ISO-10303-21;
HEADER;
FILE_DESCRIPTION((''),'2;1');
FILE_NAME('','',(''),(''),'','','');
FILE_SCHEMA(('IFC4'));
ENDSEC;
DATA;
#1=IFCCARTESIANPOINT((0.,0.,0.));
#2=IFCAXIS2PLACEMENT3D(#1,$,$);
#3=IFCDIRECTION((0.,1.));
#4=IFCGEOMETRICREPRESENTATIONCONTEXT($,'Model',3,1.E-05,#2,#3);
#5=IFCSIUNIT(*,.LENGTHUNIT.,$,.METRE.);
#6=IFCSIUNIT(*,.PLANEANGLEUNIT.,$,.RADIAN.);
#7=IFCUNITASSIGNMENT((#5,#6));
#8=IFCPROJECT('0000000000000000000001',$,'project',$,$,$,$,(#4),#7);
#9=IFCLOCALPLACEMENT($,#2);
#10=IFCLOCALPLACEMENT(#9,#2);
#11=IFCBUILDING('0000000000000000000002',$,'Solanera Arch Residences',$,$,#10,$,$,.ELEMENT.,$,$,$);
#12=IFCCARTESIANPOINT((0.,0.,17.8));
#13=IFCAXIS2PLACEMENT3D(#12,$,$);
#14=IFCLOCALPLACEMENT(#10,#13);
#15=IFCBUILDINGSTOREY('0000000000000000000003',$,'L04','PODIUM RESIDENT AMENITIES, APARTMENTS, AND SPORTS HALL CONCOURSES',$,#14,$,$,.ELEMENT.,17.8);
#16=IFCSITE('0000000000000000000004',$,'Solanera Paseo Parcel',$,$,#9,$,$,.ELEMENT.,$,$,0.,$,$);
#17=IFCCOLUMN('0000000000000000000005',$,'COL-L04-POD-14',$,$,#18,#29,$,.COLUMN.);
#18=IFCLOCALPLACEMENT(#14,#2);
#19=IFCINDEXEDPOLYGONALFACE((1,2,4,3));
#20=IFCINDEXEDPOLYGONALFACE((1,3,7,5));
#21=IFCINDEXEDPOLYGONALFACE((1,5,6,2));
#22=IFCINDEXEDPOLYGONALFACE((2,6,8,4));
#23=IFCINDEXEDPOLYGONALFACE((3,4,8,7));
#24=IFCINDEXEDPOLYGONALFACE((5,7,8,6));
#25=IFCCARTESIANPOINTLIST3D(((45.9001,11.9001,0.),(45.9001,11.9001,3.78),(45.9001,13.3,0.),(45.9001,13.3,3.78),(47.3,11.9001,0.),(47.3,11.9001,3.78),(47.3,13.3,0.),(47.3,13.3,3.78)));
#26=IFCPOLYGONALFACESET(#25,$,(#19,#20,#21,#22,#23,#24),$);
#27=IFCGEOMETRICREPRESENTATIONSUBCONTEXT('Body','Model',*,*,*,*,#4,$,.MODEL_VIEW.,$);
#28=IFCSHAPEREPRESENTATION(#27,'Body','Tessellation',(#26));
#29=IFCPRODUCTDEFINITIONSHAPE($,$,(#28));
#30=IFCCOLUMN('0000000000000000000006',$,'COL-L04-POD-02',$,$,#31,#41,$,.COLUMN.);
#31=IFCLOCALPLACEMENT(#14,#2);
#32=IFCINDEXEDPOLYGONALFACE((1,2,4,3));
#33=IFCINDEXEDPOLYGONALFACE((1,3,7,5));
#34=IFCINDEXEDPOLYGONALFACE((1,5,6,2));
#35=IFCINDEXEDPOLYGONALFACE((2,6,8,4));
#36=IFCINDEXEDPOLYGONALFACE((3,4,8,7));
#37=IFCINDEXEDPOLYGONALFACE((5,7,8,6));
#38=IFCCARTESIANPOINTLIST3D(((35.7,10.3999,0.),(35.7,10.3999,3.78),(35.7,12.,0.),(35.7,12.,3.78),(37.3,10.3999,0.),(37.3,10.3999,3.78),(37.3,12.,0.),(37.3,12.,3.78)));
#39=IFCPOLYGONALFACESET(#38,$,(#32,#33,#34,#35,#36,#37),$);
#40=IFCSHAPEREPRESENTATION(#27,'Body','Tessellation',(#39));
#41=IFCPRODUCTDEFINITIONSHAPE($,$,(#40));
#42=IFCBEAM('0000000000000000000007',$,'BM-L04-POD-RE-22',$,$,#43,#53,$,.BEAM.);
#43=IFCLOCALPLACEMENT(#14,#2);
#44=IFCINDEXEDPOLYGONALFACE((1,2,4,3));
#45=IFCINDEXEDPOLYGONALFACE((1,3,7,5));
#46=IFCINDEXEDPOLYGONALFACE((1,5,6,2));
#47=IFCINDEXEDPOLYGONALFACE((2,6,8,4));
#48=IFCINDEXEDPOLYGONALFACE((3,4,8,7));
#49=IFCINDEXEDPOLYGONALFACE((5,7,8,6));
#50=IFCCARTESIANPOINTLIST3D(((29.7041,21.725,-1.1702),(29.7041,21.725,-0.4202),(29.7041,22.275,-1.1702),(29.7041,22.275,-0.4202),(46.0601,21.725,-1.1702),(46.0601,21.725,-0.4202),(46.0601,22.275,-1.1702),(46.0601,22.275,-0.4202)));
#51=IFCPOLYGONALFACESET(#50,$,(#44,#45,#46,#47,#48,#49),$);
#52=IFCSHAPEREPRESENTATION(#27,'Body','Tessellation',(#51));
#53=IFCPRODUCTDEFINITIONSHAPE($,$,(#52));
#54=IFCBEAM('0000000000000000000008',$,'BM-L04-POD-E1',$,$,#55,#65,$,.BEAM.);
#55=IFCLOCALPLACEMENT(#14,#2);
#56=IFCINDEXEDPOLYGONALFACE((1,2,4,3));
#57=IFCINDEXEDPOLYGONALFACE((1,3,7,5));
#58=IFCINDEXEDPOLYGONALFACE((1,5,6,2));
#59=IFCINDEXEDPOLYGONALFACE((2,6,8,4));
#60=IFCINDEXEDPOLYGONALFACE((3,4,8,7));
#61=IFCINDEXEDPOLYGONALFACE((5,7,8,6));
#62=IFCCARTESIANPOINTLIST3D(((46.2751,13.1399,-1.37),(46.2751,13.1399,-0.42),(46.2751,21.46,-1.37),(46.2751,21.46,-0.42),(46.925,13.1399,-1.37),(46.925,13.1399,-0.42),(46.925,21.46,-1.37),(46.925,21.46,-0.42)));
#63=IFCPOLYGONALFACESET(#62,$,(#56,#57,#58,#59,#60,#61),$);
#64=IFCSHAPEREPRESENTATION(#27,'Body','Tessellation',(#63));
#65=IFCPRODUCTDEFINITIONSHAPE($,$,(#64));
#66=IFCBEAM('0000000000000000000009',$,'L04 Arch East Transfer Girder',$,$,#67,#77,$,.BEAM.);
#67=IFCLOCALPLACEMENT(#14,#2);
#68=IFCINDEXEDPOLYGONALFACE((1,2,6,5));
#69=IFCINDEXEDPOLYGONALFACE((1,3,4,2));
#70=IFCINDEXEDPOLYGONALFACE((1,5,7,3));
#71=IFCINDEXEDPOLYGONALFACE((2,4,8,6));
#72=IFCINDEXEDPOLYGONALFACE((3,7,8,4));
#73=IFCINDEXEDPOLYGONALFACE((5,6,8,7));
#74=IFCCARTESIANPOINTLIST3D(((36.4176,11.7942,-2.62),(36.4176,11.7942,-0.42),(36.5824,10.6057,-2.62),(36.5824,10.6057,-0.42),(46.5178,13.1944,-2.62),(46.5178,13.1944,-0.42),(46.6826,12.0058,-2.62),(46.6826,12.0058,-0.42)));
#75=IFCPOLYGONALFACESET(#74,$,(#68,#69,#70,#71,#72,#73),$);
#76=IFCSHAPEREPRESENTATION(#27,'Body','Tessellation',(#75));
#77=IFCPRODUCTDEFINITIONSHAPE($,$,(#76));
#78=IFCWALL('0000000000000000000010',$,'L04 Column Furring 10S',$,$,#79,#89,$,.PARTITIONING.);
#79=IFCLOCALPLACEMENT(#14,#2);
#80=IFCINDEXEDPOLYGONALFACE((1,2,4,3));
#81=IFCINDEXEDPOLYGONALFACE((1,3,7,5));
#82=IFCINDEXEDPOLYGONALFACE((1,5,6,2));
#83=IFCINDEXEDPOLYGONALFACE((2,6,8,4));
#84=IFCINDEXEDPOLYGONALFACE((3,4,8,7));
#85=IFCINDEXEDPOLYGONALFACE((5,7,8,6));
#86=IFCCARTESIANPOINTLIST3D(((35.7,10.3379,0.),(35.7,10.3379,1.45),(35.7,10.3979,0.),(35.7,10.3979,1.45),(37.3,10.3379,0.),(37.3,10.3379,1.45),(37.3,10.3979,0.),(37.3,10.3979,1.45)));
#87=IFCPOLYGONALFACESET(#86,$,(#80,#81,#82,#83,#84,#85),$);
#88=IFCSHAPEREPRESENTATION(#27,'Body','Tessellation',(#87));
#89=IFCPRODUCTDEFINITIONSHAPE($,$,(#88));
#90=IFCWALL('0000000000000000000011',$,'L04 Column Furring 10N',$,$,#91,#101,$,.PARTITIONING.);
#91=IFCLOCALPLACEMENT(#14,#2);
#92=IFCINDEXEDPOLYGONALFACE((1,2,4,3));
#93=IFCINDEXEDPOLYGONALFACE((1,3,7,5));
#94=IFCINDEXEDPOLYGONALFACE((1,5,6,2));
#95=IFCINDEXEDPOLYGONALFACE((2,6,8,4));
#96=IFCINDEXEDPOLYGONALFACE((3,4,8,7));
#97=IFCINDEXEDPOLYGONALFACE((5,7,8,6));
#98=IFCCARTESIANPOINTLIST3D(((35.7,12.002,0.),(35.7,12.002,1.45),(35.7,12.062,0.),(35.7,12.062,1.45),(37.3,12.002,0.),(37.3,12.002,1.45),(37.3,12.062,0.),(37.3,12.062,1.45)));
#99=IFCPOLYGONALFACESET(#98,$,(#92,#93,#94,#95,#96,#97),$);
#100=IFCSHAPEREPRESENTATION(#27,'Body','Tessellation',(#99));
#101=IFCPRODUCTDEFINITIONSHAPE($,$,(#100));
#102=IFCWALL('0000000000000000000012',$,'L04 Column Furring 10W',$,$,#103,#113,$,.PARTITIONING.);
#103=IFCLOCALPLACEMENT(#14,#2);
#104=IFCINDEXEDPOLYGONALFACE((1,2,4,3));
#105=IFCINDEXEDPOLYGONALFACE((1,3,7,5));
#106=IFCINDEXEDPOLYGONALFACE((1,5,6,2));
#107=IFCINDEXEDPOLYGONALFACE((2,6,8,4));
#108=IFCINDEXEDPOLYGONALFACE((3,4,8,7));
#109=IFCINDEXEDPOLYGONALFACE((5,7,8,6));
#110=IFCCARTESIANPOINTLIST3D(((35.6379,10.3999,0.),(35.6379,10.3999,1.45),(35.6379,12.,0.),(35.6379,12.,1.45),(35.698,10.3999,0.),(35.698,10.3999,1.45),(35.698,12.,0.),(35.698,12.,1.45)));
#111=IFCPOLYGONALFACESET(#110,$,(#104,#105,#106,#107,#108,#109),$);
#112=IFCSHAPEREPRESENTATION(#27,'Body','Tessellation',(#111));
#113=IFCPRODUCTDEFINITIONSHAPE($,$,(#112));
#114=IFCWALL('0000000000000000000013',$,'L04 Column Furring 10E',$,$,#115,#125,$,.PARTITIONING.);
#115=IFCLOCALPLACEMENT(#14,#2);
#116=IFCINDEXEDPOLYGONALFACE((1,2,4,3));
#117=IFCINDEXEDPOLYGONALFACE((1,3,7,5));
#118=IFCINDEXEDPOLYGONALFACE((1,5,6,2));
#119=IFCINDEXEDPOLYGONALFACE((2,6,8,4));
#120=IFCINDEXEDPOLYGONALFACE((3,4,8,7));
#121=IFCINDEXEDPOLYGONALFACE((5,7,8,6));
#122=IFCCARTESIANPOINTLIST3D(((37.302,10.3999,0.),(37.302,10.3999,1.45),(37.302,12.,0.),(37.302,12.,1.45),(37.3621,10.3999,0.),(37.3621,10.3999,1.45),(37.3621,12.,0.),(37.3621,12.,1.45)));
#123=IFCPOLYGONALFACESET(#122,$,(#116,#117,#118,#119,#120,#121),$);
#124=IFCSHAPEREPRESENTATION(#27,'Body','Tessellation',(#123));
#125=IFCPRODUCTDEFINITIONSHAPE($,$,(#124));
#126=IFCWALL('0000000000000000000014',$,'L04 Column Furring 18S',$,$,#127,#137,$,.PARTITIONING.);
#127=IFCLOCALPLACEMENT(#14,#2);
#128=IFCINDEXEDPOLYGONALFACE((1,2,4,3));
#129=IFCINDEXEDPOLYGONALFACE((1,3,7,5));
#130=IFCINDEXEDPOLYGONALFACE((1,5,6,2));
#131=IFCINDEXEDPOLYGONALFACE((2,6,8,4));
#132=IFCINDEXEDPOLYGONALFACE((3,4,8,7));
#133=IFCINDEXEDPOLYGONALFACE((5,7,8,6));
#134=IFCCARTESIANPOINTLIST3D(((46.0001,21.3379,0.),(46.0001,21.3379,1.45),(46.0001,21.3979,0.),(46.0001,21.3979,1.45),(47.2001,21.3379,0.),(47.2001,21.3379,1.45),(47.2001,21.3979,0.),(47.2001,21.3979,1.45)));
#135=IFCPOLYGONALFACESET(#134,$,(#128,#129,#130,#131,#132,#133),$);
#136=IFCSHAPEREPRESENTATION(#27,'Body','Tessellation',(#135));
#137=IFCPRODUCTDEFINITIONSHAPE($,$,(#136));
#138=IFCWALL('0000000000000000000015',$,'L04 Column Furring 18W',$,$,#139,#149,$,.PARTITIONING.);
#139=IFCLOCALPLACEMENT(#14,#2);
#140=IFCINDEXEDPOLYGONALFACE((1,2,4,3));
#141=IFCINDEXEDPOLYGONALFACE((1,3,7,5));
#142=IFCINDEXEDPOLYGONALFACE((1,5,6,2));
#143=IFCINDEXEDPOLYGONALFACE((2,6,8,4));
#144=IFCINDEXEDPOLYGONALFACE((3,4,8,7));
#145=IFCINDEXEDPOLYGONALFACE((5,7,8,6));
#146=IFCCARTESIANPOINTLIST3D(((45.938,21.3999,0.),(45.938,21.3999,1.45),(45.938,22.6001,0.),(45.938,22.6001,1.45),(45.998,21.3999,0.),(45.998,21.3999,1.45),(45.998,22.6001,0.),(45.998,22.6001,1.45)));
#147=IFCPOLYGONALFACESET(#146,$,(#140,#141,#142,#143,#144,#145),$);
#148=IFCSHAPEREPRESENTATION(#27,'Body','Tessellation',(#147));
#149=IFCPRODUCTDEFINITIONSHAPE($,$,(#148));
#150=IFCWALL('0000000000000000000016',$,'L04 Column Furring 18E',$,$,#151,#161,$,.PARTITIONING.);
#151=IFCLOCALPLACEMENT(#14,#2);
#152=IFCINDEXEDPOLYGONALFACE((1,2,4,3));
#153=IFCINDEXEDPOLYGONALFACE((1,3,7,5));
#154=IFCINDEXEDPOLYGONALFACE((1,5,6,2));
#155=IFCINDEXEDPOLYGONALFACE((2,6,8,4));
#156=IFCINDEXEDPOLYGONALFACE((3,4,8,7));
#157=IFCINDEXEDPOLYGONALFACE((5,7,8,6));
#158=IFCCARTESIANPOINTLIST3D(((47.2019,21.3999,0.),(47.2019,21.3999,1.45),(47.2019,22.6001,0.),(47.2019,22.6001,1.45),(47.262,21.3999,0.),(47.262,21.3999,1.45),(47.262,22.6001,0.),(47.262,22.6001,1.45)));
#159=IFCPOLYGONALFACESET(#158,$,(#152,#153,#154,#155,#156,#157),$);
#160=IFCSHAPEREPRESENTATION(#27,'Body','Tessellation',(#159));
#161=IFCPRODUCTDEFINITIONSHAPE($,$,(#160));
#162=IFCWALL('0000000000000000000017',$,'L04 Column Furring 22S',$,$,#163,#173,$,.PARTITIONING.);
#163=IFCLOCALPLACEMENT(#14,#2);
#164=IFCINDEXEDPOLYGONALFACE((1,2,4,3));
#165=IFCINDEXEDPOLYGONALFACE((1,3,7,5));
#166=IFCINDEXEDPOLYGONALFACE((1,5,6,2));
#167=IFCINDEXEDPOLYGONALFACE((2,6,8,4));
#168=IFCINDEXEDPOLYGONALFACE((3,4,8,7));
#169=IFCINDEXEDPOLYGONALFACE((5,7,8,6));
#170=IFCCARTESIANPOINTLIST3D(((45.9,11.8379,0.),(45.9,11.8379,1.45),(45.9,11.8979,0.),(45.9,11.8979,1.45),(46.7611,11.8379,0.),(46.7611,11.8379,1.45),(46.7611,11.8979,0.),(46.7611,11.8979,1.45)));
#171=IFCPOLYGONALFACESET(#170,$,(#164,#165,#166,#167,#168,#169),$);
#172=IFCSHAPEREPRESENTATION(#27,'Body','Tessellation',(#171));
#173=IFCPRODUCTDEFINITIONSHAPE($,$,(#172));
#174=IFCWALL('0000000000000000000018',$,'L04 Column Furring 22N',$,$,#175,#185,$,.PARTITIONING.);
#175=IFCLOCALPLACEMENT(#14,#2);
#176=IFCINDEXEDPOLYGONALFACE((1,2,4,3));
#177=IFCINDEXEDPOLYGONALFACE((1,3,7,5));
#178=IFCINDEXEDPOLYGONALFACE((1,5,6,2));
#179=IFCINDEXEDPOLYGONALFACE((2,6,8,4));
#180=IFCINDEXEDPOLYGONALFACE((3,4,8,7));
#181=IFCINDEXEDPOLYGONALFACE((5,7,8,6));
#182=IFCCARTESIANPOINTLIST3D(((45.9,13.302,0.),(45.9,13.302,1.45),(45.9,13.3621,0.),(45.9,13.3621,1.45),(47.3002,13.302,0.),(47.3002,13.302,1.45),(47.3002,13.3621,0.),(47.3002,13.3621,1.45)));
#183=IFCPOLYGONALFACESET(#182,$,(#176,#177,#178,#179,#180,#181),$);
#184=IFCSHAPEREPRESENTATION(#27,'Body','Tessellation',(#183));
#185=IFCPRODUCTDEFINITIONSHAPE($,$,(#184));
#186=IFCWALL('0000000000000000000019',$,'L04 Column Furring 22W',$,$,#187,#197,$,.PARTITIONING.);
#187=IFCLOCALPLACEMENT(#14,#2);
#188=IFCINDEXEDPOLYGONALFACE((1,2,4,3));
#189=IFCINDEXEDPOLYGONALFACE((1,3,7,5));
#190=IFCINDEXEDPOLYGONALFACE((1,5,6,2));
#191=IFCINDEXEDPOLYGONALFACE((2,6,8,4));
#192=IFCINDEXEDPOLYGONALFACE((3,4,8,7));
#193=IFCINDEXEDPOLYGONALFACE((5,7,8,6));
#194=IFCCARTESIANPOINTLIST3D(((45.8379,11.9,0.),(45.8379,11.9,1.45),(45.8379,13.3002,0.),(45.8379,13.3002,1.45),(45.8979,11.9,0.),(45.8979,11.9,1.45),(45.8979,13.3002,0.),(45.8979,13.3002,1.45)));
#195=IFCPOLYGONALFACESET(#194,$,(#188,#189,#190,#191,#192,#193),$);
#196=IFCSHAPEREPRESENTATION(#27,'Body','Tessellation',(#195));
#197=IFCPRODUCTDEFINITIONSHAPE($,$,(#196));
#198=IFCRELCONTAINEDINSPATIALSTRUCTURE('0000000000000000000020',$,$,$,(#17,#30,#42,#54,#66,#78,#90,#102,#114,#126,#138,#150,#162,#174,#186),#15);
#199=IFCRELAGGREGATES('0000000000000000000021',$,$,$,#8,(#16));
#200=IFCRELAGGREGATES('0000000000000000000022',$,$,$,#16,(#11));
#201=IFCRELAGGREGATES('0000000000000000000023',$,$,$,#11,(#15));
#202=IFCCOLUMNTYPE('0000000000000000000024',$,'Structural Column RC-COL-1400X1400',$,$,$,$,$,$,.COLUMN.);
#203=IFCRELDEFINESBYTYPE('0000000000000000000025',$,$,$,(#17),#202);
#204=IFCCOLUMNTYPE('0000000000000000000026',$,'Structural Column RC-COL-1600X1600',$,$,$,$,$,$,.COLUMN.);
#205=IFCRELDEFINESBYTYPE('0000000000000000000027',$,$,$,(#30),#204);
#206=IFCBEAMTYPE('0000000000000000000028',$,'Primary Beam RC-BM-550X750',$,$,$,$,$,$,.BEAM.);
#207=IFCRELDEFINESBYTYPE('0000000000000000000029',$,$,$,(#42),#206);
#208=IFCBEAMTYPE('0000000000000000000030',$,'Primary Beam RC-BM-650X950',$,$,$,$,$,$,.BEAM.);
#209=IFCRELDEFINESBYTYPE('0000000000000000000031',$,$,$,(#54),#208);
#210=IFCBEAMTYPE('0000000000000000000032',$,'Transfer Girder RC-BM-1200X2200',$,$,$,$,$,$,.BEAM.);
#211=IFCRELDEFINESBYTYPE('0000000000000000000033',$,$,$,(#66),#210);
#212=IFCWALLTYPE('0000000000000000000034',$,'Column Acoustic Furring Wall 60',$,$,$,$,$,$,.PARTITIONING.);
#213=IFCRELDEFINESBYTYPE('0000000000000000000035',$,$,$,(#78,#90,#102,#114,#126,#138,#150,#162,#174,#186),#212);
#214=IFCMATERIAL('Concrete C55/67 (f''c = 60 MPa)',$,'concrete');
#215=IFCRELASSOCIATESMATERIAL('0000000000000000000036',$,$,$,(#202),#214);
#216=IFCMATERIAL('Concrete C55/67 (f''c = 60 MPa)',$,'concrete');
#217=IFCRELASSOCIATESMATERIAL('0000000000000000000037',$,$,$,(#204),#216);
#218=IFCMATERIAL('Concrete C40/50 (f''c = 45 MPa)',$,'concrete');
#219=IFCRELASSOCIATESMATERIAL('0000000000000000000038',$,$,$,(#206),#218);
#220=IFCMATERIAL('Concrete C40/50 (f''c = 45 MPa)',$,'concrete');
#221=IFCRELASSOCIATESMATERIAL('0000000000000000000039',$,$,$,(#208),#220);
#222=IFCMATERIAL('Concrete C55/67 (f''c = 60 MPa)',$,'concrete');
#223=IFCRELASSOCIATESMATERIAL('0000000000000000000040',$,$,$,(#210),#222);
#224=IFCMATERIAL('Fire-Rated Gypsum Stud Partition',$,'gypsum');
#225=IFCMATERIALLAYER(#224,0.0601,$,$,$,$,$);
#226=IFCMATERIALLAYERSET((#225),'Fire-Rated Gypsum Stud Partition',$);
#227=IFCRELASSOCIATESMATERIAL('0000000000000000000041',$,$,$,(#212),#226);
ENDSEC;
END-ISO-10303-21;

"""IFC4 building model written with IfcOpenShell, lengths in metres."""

from ifc_helpers import new_model, si_unit, direction, frame, frame_2d, origin, origin_2d, place, context, subcontext, project, spatial, rectangle, extrude, material, layer, layer_set, material_profile, profile_set, type_object, element, save


model = new_model("IFC4")

# Units and contexts
model_context = context("Model", 3, precision=1e-05, world=origin(), true_north=direction((0.0, 1.0)))
body_context = subcontext(model_context, "Body", "Model", "MODEL_VIEW")
ifc_project = project(units=[si_unit("LENGTHUNIT", "METRE"), si_unit("PLANEANGLEUNIT", "RADIAN")], contexts=[model_context])

# Site, building, storey
site_placement = place(None, origin())
site = spatial("IfcSite", under=ifc_project, at=site_placement, Name="Solanera Paseo Parcel", CompositionType="ELEMENT", RefElevation=0.0)
building_placement = place(site_placement, origin())
building = spatial("IfcBuilding", under=site, at=building_placement, Name="Solanera Arch Residences", CompositionType="ELEMENT")
storey_placement = place(building_placement, frame((0.0, 0.0, 17.8)))
storey = spatial("IfcBuildingStorey", under=building, at=storey_placement, Name="L04", Description="PODIUM RESIDENT AMENITIES, APARTMENTS, AND SPORTS HALL CONCOURSES", CompositionType="ELEMENT", Elevation=17.8)

# Columns
ifc_material_1 = material(Name="Concrete C55/67 (f'c = 60 MPa)", Category="concrete")
ifc_material_profile_1 = material_profile(ifc_material_1, rectangle(XDim=1.3999, YDim=1.3999, at=origin_2d()))
ifc_profile_set_1 = profile_set([ifc_material_profile_1], Name="Concrete C55/67 (f'c = 60 MPa)")
column_type_1 = type_object("IfcColumnType", Name="Structural Column RC-COL-1400X1400", PredefinedType="COLUMN", material=ifc_profile_set_1)
column_1_placement = place(storey_placement, frame((46.6001, 12.6001, 0.0), z_axis=(0.0, 0.0, 1.0), x_axis=(1.0, 0.0, 0.0)))
element("IfcColumn", 1, at=column_1_placement, inside=storey, type_object=column_type_1, Name="COL-L04-POD-14", PredefinedType="COLUMN", context=body_context, shape_type="SweptSolid", body=[
    extrude(rectangle(XDim=1.3999, YDim=1.3999, at=origin_2d()), origin(), (0.0, 0.0, 1.0), 3.78),
])
ifc_material_2 = material(Name="Concrete C55/67 (f'c = 60 MPa)", Category="concrete")
ifc_material_profile_2 = material_profile(ifc_material_2, rectangle(XDim=1.6001, YDim=1.6001, at=origin_2d()))
ifc_profile_set_2 = profile_set([ifc_material_profile_2], Name="Concrete C55/67 (f'c = 60 MPa)")
column_type_2 = type_object("IfcColumnType", Name="Structural Column RC-COL-1600X1600", PredefinedType="COLUMN", material=ifc_profile_set_2)
column_2_placement = place(storey_placement, frame((36.5, 11.2, 0.0), z_axis=(0.0, 0.0, 1.0), x_axis=(1.0, 0.0, 0.0)))
element("IfcColumn", 2, at=column_2_placement, inside=storey, type_object=column_type_2, Name="COL-L04-POD-02", PredefinedType="COLUMN", context=body_context, shape_type="SweptSolid", body=[
    extrude(rectangle(XDim=1.6001, YDim=1.6001, at=origin_2d()), origin(), (0.0, 0.0, 1.0), 3.78),
])

# Beams
ifc_material_3 = material(Name="Concrete C40/50 (f'c = 45 MPa)", Category="concrete")
ifc_material_profile_3 = material_profile(ifc_material_3, rectangle(XDim=0.55, YDim=0.75, at=origin_2d()))
ifc_profile_set_3 = profile_set([ifc_material_profile_3], Name="Concrete C40/50 (f'c = 45 MPa)")
beam_type_1 = type_object("IfcBeamType", Name="Primary Beam RC-BM-550X750", PredefinedType="BEAM", material=ifc_profile_set_3)
beam_1_placement = place(storey_placement, frame((29.7041, 22.0, -0.7952), z_axis=(1.0, 0.0, 0.0), x_axis=(0.0, 1.0, 0.0)))
element("IfcBeam", 3, at=beam_1_placement, inside=storey, type_object=beam_type_1, Name="BM-L04-POD-RE-22", PredefinedType="BEAM", context=body_context, shape_type="SweptSolid", body=[
    extrude(rectangle(XDim=0.55, YDim=0.75, at=origin_2d()), origin(), (0.0, 0.0, 1.0), 16.356),
])
ifc_material_4 = material(Name="Concrete C40/50 (f'c = 45 MPa)", Category="concrete")
ifc_material_profile_4 = material_profile(ifc_material_4, rectangle(XDim=0.6499, YDim=0.95, at=origin_2d()))
ifc_profile_set_4 = profile_set([ifc_material_profile_4], Name="Concrete C40/50 (f'c = 45 MPa)")
beam_type_2 = type_object("IfcBeamType", Name="Primary Beam RC-BM-650X950", PredefinedType="BEAM", material=ifc_profile_set_4)
beam_2_placement = place(storey_placement, frame((46.6001, 13.1399, -0.895), z_axis=(0.0, 1.0, 0.0), x_axis=(-1.0, 0.0, 0.0)))
element("IfcBeam", 4, at=beam_2_placement, inside=storey, type_object=beam_type_2, Name="BM-L04-POD-E1", PredefinedType="BEAM", context=body_context, shape_type="SweptSolid", body=[
    extrude(rectangle(XDim=0.6499, YDim=0.95, at=origin_2d()), origin(), (0.0, 0.0, 1.0), 8.3201),
])
ifc_material_5 = material(Name="Concrete C55/67 (f'c = 60 MPa)", Category="concrete")
ifc_material_profile_5 = material_profile(ifc_material_5, rectangle(XDim=1.2, YDim=2.2, at=origin_2d()))
ifc_profile_set_5 = profile_set([ifc_material_profile_5], Name="Concrete C55/67 (f'c = 60 MPa)")
beam_type_3 = type_object("IfcBeamType", Name="Transfer Girder RC-BM-1200X2200", PredefinedType="BEAM", material=ifc_profile_set_5)
beam_3_placement = place(storey_placement, frame((36.5, 11.2, -1.52), z_axis=(0.990528, 0.137314, 0.0), x_axis=(-0.137314, 0.990528, 0.0)))
element("IfcBeam", 5, at=beam_3_placement, inside=storey, type_object=beam_type_3, Name="L04 Arch East Transfer Girder", PredefinedType="BEAM", context=body_context, shape_type="SweptSolid", body=[
    extrude(rectangle(XDim=1.2, YDim=2.2, at=origin_2d()), origin(), (0.0, 0.0, 1.0), 10.1968),
])

# Walls
ifc_material_6 = material(Name="Fire-Rated Gypsum Stud Partition", Category="gypsum")
ifc_layer_1 = layer(ifc_material_6, 0.0601)
ifc_layer_set_1 = layer_set([ifc_layer_1], Name="Fire-Rated Gypsum Stud Partition")
wall_type_1 = type_object("IfcWallType", Name="Column Acoustic Furring Wall 60", PredefinedType="PARTITIONING", material=ifc_layer_set_1)
for number, where, z_axis, x_axis, name in (
    (6, (35.7, 10.3679, 0.0), (0.0, 0.0, 1.0), (1.0, 0.0, 0.0), "L04 Column Furring 10S"),
    (7, (35.7, 12.032, 0.0), (0.0, 0.0, 1.0), (1.0, 0.0, 0.0), "L04 Column Furring 10N"),
    (8, (35.668, 10.3999, 0.0), (0.0, 0.0, 1.0), (0.0, 1.0, 0.0), "L04 Column Furring 10W"),
    (9, (37.332, 10.3999, 0.0), (0.0, 0.0, 1.0), (0.0, 1.0, 0.0), "L04 Column Furring 10E"),
):
    element("IfcWall", number, at=place(storey_placement, frame(where, z_axis=z_axis, x_axis=x_axis)), inside=storey, type_object=wall_type_1, Name=name, PredefinedType="PARTITIONING", context=body_context, shape_type="SweptSolid", body=[
        extrude(rectangle(XDim=1.6001, YDim=0.0601, at=frame_2d((0.8, 0.0))), origin(), (0.0, 0.0, 1.0), 1.45),
    ])
wall_1_placement = place(storey_placement, frame((46.0, 21.3679, 0.0), z_axis=(0.0, 0.0, 1.0), x_axis=(1.0, 0.0, 0.0)))
element("IfcWall", 10, at=wall_1_placement, inside=storey, type_object=wall_type_1, Name="L04 Column Furring 18S", PredefinedType="PARTITIONING", context=body_context, shape_type="SweptSolid", body=[
    extrude(rectangle(XDim=1.2, YDim=0.0601, at=frame_2d((0.6001, 0.0))), origin(), (0.0, 0.0, 1.0), 1.45),
])
for number, where, z_axis, x_axis, name in (
    (11, (45.968, 21.3999, 0.0), (0.0, 0.0, 1.0), (0.0, 1.0, 0.0), "L04 Column Furring 18W"),
    (12, (47.2319, 21.3999, 0.0), (0.0, 0.0, 1.0), (0.0, 1.0, 0.0), "L04 Column Furring 18E"),
):
    element("IfcWall", number, at=place(storey_placement, frame(where, z_axis=z_axis, x_axis=x_axis)), inside=storey, type_object=wall_type_1, Name=name, PredefinedType="PARTITIONING", context=body_context, shape_type="SweptSolid", body=[
        extrude(rectangle(XDim=1.2002, YDim=0.0601, at=frame_2d((0.6001, 0.0))), origin(), (0.0, 0.0, 1.0), 1.45),
    ])
wall_2_placement = place(storey_placement, frame((45.8999, 11.8679, 0.0), z_axis=(0.0, 0.0, 1.0), x_axis=(1.0, 0.0, 0.0)))
element("IfcWall", 13, at=wall_2_placement, inside=storey, type_object=wall_type_1, Name="L04 Column Furring 22S", PredefinedType="PARTITIONING", context=body_context, shape_type="SweptSolid", body=[
    extrude(rectangle(XDim=0.8611, YDim=0.0601, at=frame_2d((0.4307, 0.0))), origin(), (0.0, 0.0, 1.0), 1.45),
])
for number, where, z_axis, x_axis, name in (
    (14, (45.8999, 13.332, 0.0), (0.0, 0.0, 1.0), (1.0, 0.0, 0.0), "L04 Column Furring 22N"),
    (15, (45.8679, 11.8999, 0.0), (0.0, 0.0, 1.0), (0.0, 1.0, 0.0), "L04 Column Furring 22W"),
):
    element("IfcWall", number, at=place(storey_placement, frame(where, z_axis=z_axis, x_axis=x_axis)), inside=storey, type_object=wall_type_1, Name=name, PredefinedType="PARTITIONING", context=body_context, shape_type="SweptSolid", body=[
        extrude(rectangle(XDim=1.4001, YDim=0.0601, at=frame_2d((0.7002, 0.0))), origin(), (0.0, 0.0, 1.0), 1.45),
    ])

save(model, "model.ifc")
